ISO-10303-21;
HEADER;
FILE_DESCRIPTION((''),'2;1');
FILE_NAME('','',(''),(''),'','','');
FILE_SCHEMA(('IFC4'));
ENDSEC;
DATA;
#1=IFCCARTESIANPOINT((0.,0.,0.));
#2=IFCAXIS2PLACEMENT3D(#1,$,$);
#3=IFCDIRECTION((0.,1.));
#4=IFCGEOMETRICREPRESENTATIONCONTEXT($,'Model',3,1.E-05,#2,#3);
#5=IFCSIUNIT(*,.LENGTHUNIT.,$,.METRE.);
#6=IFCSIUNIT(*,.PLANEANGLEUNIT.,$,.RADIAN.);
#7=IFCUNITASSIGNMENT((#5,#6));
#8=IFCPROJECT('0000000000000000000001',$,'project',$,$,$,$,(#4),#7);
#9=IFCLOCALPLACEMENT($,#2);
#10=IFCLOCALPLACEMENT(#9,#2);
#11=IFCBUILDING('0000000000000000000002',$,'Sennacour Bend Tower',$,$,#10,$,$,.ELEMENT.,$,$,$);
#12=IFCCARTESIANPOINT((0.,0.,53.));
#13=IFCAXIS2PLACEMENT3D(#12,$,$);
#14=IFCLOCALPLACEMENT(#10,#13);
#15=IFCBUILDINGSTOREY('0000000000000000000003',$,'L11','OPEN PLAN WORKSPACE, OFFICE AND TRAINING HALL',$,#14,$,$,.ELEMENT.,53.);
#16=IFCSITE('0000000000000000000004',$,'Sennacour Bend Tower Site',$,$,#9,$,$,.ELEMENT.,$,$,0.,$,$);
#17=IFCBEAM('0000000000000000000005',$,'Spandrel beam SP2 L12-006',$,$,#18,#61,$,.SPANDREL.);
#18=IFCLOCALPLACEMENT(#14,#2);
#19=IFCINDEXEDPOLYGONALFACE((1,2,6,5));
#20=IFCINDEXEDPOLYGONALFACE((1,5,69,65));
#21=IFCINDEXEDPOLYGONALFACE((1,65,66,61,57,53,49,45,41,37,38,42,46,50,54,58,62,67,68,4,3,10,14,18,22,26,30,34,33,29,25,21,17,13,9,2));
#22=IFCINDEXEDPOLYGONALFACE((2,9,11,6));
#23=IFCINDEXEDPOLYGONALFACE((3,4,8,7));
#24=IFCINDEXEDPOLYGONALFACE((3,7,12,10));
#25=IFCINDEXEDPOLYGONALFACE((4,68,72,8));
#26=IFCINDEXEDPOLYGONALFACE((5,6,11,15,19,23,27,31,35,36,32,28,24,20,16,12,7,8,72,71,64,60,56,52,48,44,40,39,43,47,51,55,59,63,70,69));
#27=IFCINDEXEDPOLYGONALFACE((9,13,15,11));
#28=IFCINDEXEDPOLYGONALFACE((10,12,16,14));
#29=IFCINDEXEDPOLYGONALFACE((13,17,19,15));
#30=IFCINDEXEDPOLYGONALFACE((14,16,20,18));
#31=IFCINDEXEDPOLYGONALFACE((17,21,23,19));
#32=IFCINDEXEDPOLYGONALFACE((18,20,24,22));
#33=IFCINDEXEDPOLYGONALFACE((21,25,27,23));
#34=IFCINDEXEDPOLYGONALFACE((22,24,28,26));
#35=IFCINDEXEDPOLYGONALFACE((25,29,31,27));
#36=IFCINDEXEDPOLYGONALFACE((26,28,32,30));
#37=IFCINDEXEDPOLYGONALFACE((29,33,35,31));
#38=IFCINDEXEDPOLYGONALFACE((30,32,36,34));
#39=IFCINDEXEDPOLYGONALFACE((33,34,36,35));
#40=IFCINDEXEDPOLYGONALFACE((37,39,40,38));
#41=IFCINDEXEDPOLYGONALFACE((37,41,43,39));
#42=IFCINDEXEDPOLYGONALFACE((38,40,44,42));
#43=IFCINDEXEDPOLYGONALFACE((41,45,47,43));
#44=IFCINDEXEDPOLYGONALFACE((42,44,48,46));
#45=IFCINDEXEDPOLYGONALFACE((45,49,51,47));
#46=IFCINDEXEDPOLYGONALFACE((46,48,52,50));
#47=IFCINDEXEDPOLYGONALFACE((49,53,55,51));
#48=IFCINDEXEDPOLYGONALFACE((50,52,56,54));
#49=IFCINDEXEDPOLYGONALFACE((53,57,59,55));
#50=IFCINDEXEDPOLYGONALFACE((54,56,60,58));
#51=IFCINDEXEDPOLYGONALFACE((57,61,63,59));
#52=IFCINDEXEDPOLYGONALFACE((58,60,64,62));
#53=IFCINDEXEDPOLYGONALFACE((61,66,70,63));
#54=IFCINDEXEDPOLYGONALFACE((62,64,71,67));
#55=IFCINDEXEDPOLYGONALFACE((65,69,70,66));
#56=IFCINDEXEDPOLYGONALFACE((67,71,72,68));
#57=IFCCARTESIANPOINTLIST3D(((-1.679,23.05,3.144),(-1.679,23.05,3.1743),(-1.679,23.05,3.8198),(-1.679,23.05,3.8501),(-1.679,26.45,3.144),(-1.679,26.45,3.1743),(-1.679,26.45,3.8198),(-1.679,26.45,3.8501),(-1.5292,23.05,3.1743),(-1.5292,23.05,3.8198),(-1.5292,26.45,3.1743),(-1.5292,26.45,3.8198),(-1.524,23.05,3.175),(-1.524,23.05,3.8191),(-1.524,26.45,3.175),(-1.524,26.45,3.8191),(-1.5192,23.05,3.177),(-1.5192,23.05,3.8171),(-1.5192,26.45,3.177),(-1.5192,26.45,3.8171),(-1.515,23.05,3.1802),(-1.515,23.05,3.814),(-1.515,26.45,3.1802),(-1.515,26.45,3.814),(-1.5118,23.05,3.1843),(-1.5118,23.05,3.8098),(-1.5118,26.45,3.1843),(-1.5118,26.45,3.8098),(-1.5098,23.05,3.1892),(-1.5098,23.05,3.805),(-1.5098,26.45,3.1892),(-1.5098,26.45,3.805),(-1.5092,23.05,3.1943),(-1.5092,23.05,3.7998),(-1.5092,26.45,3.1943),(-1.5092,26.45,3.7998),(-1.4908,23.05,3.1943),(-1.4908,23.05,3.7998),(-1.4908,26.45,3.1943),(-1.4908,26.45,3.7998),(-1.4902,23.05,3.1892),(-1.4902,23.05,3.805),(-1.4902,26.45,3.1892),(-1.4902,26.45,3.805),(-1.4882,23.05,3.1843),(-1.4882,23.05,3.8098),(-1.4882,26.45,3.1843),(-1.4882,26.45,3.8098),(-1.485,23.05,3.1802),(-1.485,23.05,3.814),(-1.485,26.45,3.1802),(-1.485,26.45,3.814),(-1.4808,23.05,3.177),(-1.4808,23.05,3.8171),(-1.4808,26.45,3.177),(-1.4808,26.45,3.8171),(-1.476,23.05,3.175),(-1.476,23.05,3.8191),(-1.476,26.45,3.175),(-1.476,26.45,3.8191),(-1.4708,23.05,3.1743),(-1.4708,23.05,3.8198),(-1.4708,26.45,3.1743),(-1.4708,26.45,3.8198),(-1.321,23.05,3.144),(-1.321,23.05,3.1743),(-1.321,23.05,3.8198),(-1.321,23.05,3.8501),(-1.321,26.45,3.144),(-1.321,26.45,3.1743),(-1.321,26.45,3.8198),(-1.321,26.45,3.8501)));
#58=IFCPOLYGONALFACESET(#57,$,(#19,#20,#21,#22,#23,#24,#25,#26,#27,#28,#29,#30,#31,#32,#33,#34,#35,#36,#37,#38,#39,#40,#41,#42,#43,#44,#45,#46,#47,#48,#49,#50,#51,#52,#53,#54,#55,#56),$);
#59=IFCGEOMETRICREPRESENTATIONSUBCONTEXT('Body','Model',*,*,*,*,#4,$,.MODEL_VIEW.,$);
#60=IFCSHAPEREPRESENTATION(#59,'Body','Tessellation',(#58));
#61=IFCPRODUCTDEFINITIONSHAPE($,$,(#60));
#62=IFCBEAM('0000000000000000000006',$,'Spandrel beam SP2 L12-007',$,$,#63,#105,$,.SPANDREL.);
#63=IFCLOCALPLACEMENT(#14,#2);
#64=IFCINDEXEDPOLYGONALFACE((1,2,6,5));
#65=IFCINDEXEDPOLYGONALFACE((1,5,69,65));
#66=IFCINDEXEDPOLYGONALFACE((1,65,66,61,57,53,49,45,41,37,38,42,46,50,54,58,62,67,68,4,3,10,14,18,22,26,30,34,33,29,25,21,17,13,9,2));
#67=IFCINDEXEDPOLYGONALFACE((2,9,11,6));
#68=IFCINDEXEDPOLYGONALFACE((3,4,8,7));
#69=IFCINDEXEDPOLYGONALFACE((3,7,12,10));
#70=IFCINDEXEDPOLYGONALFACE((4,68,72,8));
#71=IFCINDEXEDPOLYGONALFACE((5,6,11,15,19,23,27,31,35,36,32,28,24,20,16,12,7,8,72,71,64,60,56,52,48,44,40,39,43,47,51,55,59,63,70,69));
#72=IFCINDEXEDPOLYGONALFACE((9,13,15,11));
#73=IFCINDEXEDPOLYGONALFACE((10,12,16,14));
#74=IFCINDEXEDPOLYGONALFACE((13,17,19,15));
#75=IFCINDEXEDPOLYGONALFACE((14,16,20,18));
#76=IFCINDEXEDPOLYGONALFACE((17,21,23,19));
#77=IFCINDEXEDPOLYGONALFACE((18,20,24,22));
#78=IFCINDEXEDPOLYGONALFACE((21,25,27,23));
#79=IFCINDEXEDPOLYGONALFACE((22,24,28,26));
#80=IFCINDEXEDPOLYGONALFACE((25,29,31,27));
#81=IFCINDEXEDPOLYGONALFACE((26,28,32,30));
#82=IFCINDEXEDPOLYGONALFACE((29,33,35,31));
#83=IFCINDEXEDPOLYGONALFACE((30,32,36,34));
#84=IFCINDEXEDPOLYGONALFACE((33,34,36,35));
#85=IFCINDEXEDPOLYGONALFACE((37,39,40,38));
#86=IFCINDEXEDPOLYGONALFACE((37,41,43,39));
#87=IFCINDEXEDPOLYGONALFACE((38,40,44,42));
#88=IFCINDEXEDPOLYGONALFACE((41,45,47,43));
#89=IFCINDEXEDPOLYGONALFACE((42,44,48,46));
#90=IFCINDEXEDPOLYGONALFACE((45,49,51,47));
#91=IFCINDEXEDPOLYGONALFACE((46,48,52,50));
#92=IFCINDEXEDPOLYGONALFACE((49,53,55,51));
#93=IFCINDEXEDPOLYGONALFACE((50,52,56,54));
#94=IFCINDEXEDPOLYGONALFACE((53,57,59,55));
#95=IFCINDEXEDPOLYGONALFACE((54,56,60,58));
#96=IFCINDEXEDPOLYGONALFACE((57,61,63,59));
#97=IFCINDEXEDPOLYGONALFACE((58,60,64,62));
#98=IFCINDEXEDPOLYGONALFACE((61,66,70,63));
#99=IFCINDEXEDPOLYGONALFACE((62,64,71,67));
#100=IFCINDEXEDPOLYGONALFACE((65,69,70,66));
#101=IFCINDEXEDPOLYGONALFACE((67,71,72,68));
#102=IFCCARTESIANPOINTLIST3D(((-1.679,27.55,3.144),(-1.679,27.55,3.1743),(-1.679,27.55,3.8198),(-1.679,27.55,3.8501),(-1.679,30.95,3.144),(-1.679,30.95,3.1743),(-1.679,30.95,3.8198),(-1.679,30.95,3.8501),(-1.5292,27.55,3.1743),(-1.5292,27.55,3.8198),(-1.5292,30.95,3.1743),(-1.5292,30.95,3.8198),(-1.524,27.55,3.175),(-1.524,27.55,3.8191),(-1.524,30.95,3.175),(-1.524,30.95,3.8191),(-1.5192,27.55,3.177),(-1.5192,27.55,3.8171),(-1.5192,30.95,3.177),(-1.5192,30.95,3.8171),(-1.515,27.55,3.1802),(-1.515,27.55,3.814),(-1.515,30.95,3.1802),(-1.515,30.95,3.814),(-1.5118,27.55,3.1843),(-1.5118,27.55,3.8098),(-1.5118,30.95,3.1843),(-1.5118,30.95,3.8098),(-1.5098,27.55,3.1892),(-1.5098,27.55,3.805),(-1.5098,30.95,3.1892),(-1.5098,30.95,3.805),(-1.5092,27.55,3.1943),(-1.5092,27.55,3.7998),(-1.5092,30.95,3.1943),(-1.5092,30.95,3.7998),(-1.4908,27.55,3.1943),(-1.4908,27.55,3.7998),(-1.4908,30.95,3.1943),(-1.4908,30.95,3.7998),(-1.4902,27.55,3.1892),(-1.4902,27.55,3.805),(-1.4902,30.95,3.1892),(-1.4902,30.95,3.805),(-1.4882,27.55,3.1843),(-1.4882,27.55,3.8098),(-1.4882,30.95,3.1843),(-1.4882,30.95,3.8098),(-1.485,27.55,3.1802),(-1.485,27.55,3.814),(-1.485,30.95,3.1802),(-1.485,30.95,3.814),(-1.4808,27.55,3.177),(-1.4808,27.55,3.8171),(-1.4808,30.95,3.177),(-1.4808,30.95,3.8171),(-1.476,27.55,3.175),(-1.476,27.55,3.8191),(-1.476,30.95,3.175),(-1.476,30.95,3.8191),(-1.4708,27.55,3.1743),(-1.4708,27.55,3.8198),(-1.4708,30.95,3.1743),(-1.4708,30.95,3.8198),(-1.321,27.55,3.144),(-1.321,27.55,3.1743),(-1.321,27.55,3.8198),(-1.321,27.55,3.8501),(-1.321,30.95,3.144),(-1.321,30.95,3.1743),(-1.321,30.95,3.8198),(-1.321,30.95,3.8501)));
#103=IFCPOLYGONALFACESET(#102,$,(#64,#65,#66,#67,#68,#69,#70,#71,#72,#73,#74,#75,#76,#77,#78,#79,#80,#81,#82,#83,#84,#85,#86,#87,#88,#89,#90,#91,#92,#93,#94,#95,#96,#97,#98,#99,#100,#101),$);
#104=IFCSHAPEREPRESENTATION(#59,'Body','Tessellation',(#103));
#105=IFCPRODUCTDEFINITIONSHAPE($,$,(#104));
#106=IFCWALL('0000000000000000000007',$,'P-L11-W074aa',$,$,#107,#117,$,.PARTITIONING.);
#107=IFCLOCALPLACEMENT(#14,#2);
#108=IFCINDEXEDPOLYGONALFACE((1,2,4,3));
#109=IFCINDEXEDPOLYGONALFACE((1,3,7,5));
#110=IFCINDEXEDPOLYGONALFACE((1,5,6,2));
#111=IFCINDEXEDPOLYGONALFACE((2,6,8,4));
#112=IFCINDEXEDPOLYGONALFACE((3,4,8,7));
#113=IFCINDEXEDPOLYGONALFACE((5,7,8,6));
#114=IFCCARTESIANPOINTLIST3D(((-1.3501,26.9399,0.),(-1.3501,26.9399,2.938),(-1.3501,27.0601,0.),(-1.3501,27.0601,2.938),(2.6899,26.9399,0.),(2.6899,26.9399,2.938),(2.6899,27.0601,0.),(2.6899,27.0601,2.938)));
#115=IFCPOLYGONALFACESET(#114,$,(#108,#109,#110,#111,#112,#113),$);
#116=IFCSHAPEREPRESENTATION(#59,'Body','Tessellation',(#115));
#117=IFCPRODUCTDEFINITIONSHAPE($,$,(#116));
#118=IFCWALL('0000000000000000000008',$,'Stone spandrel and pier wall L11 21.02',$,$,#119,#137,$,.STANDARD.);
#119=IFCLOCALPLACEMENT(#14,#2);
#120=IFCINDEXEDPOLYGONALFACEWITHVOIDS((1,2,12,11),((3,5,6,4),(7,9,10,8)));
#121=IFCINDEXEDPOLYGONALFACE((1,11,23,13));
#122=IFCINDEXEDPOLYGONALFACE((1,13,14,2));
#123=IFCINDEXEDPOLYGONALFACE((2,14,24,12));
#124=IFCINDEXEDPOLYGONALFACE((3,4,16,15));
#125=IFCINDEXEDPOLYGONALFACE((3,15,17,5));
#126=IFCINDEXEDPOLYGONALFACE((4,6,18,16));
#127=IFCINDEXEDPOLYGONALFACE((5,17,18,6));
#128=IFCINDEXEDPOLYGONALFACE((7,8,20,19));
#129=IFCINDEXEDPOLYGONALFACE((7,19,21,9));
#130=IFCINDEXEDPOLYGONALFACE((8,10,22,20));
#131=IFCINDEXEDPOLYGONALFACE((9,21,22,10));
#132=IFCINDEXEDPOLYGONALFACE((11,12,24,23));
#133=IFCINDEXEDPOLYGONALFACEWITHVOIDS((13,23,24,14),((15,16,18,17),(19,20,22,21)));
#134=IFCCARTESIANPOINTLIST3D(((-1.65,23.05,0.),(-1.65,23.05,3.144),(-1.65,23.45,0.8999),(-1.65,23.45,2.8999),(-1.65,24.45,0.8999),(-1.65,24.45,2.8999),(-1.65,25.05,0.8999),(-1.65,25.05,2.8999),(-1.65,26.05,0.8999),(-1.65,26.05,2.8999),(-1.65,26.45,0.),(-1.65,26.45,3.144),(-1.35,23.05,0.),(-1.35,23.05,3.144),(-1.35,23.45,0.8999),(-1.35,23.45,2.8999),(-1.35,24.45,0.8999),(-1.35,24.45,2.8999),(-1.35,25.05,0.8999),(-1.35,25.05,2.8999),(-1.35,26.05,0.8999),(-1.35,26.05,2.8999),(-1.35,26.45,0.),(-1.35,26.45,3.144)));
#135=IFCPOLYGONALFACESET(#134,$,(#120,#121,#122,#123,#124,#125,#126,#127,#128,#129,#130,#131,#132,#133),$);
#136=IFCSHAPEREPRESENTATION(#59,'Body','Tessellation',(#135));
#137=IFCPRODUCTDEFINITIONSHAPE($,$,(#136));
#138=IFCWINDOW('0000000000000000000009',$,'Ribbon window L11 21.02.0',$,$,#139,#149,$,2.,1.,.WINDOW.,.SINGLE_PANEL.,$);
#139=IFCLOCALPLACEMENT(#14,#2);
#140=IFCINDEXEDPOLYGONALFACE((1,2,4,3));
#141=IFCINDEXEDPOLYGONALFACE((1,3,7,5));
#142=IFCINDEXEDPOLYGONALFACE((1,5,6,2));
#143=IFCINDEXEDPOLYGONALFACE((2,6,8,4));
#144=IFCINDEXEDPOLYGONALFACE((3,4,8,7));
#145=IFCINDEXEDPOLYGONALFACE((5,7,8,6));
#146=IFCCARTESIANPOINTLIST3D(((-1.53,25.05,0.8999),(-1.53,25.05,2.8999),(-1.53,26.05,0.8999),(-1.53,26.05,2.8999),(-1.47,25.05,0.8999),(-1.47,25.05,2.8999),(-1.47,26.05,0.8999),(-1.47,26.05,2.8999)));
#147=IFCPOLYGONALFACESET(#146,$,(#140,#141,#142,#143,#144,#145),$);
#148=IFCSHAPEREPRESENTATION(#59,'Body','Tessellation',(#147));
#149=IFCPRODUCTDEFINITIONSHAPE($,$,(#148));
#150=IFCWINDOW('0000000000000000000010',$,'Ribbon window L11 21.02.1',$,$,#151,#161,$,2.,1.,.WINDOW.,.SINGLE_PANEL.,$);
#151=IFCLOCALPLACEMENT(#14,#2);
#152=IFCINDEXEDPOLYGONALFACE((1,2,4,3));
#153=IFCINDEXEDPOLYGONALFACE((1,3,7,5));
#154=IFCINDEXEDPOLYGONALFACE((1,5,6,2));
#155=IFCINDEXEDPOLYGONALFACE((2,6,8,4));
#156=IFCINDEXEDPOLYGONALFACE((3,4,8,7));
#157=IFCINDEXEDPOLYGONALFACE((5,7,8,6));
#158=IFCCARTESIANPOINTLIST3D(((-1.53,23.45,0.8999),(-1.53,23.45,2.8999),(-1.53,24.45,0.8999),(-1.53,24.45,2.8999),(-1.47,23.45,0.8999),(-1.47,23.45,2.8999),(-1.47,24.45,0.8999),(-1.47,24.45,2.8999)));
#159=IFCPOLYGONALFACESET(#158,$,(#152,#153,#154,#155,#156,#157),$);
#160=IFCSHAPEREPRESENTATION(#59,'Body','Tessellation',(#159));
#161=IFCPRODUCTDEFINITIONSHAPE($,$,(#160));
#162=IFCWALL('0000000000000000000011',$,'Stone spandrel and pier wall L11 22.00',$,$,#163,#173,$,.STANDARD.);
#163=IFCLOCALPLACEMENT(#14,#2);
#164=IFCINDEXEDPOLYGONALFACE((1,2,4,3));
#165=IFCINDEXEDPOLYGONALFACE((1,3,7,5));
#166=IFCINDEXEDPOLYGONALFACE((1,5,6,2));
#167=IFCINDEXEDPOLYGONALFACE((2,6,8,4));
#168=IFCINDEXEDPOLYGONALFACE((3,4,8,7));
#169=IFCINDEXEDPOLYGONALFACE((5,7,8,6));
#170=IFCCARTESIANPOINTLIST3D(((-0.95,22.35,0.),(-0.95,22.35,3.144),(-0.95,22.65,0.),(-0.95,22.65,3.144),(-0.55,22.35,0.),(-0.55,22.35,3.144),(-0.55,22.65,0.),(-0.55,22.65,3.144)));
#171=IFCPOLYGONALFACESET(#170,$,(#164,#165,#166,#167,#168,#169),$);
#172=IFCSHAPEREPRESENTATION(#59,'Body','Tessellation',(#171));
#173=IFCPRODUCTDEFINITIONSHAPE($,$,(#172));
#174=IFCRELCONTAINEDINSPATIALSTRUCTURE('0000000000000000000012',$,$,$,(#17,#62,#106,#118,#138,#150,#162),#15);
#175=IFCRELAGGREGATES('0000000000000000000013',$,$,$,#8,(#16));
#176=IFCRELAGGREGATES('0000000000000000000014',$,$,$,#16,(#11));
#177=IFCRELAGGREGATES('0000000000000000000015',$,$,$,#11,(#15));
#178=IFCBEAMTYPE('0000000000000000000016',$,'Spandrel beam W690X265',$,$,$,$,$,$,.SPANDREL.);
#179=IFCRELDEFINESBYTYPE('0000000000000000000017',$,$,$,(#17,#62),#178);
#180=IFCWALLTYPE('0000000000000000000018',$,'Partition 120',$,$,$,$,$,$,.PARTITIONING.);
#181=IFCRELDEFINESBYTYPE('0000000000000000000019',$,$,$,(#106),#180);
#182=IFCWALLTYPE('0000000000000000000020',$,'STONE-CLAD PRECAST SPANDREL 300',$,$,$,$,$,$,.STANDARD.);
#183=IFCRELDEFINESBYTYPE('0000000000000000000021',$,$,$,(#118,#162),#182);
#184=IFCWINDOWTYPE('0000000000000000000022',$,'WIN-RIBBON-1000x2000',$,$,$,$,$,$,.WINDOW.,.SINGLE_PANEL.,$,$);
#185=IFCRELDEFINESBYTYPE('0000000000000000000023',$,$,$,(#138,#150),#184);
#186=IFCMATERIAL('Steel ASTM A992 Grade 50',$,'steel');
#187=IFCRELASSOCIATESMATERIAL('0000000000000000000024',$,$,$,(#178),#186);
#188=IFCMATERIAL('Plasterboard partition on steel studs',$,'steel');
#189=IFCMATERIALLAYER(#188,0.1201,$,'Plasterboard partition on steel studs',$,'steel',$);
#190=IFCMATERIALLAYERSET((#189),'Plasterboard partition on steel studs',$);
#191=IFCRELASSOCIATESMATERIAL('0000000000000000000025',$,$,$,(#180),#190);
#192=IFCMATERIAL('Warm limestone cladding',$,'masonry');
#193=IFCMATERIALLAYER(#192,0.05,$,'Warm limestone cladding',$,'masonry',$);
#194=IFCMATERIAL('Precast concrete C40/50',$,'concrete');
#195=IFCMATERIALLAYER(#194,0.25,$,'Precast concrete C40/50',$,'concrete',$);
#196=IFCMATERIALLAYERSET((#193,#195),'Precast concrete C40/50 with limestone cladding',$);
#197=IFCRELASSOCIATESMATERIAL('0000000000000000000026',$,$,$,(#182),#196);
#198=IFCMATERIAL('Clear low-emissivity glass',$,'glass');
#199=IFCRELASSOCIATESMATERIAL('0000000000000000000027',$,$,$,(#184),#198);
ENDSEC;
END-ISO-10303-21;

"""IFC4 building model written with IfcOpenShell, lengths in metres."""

from ifc_helpers import new_model, si_unit, direction, frame, frame_2d, origin, origin_2d, place, context, subcontext, project, spatial, rectangle, i_section, extrude, material, layer, layer_set, material_profile, profile_set, type_object, element, fill, save


model = new_model("IFC4")

# Units and contexts
model_context = context("Model", 3, precision=1e-05, world=origin(), true_north=direction((0.0, 1.0)))
body_context = subcontext(model_context, "Body", "Model", "MODEL_VIEW")
ifc_project = project(units=[si_unit("LENGTHUNIT", "METRE"), si_unit("PLANEANGLEUNIT", "RADIAN")], contexts=[model_context])

# Site, building, storey
site_placement = place(None, origin())
site = spatial("IfcSite", under=ifc_project, at=site_placement, Name="Sennacour Bend Tower Site", CompositionType="ELEMENT", RefElevation=0.0)
building_placement = place(site_placement, origin())
building = spatial("IfcBuilding", under=site, at=building_placement, Name="Sennacour Bend Tower", CompositionType="ELEMENT")
storey_placement = place(building_placement, frame((0.0, 0.0, 53.0)))
storey = spatial("IfcBuildingStorey", under=building, at=storey_placement, Name="L11", Description="OPEN PLAN WORKSPACE, OFFICE AND TRAINING HALL", CompositionType="ELEMENT", Elevation=53.0)

# Beams
ifc_material_1 = material(Name="Steel ASTM A992 Grade 50", Category="steel")
ifc_material_profile_1 = material_profile(ifc_material_1, i_section(OverallWidth=0.3579, OverallDepth=0.7061, WebThickness=0.0183, FlangeThickness=0.0303, FilletRadius=0.02, at=origin_2d()), Name="Steel ASTM A992 Grade 50", Category="steel")
ifc_profile_set_1 = profile_set([ifc_material_profile_1], Name="Steel ASTM A992 Grade 50")
beam_type_1 = type_object("IfcBeamType", Name="Spandrel beam W690X265", PredefinedType="SPANDREL", material=ifc_profile_set_1)
for number, where, z_axis, x_axis, name in (
    (1, (-1.5, 23.05, 3.4971), (0.0, 1.0, 0.0), (-1.0, 0.0, 0.0), "Spandrel beam SP2 L12-006"),
    (2, (-1.5, 27.55, 3.4971), (0.0, 1.0, 0.0), (-1.0, 0.0, 0.0), "Spandrel beam SP2 L12-007"),
):
    element("IfcBeam", number, at=place(storey_placement, frame(where, z_axis=z_axis, x_axis=x_axis)), inside=storey, type_object=beam_type_1, Name=name, PredefinedType="SPANDREL", context=body_context, shape_type="SweptSolid", body=[
        extrude(i_section(OverallWidth=0.3579, OverallDepth=0.7061, WebThickness=0.0183, FlangeThickness=0.0303, FilletRadius=0.02, at=origin_2d()), origin(), (0.0, 0.0, 1.0), 3.3999),
    ])

# Wall
ifc_material_2 = material(Name="Plasterboard partition on steel studs", Category="steel")
ifc_layer_1 = layer(ifc_material_2, 0.1201, Name="Plasterboard partition on steel studs", Category="steel")
ifc_layer_set_1 = layer_set([ifc_layer_1], Name="Plasterboard partition on steel studs")
wall_type_1 = type_object("IfcWallType", Name="Partition 120", PredefinedType="PARTITIONING", material=ifc_layer_set_1)
wall_1_placement = place(storey_placement, frame((-1.3501, 27.0, 0.0), z_axis=(0.0, 0.0, 1.0), x_axis=(1.0, 0.0, 0.0)))
element("IfcWall", 3, at=wall_1_placement, inside=storey, type_object=wall_type_1, Name="P-L11-W074aa", PredefinedType="PARTITIONING", context=body_context, shape_type="SweptSolid", body=[
    extrude(rectangle(XDim=4.04, YDim=0.1201, at=frame_2d((2.02, 0.0))), origin(), (0.0, 0.0, 1.0), 2.938),
])

# Wall, openings, windows
ifc_material_3 = material(Name="Warm limestone cladding", Category="masonry")
ifc_layer_2 = layer(ifc_material_3, 0.05, Name="Warm limestone cladding", Category="masonry")
ifc_material_4 = material(Name="Precast concrete C40/50", Category="concrete")
ifc_layer_3 = layer(ifc_material_4, 0.25, Name="Precast concrete C40/50", Category="concrete")
ifc_layer_set_2 = layer_set([ifc_layer_2, ifc_layer_3], Name="Precast concrete C40/50 with limestone cladding")
wall_type_2 = type_object("IfcWallType", Name="STONE-CLAD PRECAST SPANDREL 300", PredefinedType="STANDARD", material=ifc_layer_set_2)
wall_2_placement = place(storey_placement, frame((-1.5, 26.45, 0.0), z_axis=(0.0, 0.0, 1.0), x_axis=(0.0, -1.0, 0.0)))
wall_2 = element("IfcWall", 4, at=wall_2_placement, inside=storey, type_object=wall_type_2, Name="Stone spandrel and pier wall L11 21.02", PredefinedType="STANDARD", context=body_context, shape_type="SweptSolid", body=[
    extrude(rectangle(XDim=3.3999, YDim=0.3, at=frame_2d((1.7, 0.0))), origin(), (0.0, 0.0, 1.0), 3.144),
])
opening_1_placement = place(wall_2_placement, frame((0.3999, 0.0, 0.8999)))
opening_1 = element("IfcOpeningElement", 5, at=opening_1_placement, cuts=wall_2, PredefinedType="OPENING", context=body_context, shape_type="SweptSolid", body=[
    extrude(rectangle(XDim=1.0, YDim=2.0, at=frame_2d((0.5, 1.0))), frame((0.0, 0.1602, 0.0), z_axis=(0.0, -1.0, 0.0), x_axis=(1.0, 0.0, 0.0)), (0.0, 0.0, 1.0), 0.3201),
])
opening_2_placement = place(wall_2_placement, frame((2.0, 0.0, 0.8999)))
opening_2 = element("IfcOpeningElement", 6, at=opening_2_placement, cuts=wall_2, PredefinedType="OPENING", context=body_context, shape_type="SweptSolid", body=[
    extrude(rectangle(XDim=1.0, YDim=2.0, at=frame_2d((0.5, 1.0))), frame((0.0, 0.1602, 0.0), z_axis=(0.0, -1.0, 0.0), x_axis=(1.0, 0.0, 0.0)), (0.0, 0.0, 1.0), 0.3201),
])
ifc_material_5 = material(Name="Clear low-emissivity glass", Category="glass")
window_type = type_object("IfcWindowType", Name="WIN-RIBBON-1000x2000", PartitioningType="SINGLE_PANEL", PredefinedType="WINDOW", material=ifc_material_5)
window_1_placement = place(opening_1_placement, origin())
window_1 = element("IfcWindow", 7, at=window_1_placement, inside=storey, type_object=window_type, Name="Ribbon window L11 21.02.0", OverallHeight=2.0, OverallWidth=1.0, PartitioningType="SINGLE_PANEL", PredefinedType="WINDOW", context=body_context, shape_type="SweptSolid", body=[
    extrude(rectangle(XDim=1.0, YDim=2.0, at=frame_2d((0.5, 1.0))), frame((0.0, 0.03, 0.0), z_axis=(0.0, -1.0, 0.0), x_axis=(1.0, 0.0, 0.0)), (0.0, 0.0, 1.0), 0.0601),
])
fill(opening_1, window_1)
window_2_placement = place(opening_2_placement, origin())
window_2 = element("IfcWindow", 8, at=window_2_placement, inside=storey, type_object=window_type, Name="Ribbon window L11 21.02.1", OverallHeight=2.0, OverallWidth=1.0, PartitioningType="SINGLE_PANEL", PredefinedType="WINDOW", context=body_context, shape_type="SweptSolid", body=[
    extrude(rectangle(XDim=1.0, YDim=2.0, at=frame_2d((0.5, 1.0))), frame((0.0, 0.03, 0.0), z_axis=(0.0, -1.0, 0.0), x_axis=(1.0, 0.0, 0.0)), (0.0, 0.0, 1.0), 0.0601),
])
fill(opening_2, window_2)

# Wall
wall_3_placement = place(storey_placement, frame((-0.95, 22.5, 0.0), z_axis=(0.0, 0.0, 1.0), x_axis=(1.0, 0.0, 0.0)))
element("IfcWall", 9, at=wall_3_placement, inside=storey, type_object=wall_type_2, Name="Stone spandrel and pier wall L11 22.00", PredefinedType="STANDARD", context=body_context, shape_type="SweptSolid", body=[
    extrude(rectangle(XDim=0.3999, YDim=0.3, at=frame_2d((0.2, 0.0))), origin(), (0.0, 0.0, 1.0), 3.144),
])

save(model, "model.ifc")
